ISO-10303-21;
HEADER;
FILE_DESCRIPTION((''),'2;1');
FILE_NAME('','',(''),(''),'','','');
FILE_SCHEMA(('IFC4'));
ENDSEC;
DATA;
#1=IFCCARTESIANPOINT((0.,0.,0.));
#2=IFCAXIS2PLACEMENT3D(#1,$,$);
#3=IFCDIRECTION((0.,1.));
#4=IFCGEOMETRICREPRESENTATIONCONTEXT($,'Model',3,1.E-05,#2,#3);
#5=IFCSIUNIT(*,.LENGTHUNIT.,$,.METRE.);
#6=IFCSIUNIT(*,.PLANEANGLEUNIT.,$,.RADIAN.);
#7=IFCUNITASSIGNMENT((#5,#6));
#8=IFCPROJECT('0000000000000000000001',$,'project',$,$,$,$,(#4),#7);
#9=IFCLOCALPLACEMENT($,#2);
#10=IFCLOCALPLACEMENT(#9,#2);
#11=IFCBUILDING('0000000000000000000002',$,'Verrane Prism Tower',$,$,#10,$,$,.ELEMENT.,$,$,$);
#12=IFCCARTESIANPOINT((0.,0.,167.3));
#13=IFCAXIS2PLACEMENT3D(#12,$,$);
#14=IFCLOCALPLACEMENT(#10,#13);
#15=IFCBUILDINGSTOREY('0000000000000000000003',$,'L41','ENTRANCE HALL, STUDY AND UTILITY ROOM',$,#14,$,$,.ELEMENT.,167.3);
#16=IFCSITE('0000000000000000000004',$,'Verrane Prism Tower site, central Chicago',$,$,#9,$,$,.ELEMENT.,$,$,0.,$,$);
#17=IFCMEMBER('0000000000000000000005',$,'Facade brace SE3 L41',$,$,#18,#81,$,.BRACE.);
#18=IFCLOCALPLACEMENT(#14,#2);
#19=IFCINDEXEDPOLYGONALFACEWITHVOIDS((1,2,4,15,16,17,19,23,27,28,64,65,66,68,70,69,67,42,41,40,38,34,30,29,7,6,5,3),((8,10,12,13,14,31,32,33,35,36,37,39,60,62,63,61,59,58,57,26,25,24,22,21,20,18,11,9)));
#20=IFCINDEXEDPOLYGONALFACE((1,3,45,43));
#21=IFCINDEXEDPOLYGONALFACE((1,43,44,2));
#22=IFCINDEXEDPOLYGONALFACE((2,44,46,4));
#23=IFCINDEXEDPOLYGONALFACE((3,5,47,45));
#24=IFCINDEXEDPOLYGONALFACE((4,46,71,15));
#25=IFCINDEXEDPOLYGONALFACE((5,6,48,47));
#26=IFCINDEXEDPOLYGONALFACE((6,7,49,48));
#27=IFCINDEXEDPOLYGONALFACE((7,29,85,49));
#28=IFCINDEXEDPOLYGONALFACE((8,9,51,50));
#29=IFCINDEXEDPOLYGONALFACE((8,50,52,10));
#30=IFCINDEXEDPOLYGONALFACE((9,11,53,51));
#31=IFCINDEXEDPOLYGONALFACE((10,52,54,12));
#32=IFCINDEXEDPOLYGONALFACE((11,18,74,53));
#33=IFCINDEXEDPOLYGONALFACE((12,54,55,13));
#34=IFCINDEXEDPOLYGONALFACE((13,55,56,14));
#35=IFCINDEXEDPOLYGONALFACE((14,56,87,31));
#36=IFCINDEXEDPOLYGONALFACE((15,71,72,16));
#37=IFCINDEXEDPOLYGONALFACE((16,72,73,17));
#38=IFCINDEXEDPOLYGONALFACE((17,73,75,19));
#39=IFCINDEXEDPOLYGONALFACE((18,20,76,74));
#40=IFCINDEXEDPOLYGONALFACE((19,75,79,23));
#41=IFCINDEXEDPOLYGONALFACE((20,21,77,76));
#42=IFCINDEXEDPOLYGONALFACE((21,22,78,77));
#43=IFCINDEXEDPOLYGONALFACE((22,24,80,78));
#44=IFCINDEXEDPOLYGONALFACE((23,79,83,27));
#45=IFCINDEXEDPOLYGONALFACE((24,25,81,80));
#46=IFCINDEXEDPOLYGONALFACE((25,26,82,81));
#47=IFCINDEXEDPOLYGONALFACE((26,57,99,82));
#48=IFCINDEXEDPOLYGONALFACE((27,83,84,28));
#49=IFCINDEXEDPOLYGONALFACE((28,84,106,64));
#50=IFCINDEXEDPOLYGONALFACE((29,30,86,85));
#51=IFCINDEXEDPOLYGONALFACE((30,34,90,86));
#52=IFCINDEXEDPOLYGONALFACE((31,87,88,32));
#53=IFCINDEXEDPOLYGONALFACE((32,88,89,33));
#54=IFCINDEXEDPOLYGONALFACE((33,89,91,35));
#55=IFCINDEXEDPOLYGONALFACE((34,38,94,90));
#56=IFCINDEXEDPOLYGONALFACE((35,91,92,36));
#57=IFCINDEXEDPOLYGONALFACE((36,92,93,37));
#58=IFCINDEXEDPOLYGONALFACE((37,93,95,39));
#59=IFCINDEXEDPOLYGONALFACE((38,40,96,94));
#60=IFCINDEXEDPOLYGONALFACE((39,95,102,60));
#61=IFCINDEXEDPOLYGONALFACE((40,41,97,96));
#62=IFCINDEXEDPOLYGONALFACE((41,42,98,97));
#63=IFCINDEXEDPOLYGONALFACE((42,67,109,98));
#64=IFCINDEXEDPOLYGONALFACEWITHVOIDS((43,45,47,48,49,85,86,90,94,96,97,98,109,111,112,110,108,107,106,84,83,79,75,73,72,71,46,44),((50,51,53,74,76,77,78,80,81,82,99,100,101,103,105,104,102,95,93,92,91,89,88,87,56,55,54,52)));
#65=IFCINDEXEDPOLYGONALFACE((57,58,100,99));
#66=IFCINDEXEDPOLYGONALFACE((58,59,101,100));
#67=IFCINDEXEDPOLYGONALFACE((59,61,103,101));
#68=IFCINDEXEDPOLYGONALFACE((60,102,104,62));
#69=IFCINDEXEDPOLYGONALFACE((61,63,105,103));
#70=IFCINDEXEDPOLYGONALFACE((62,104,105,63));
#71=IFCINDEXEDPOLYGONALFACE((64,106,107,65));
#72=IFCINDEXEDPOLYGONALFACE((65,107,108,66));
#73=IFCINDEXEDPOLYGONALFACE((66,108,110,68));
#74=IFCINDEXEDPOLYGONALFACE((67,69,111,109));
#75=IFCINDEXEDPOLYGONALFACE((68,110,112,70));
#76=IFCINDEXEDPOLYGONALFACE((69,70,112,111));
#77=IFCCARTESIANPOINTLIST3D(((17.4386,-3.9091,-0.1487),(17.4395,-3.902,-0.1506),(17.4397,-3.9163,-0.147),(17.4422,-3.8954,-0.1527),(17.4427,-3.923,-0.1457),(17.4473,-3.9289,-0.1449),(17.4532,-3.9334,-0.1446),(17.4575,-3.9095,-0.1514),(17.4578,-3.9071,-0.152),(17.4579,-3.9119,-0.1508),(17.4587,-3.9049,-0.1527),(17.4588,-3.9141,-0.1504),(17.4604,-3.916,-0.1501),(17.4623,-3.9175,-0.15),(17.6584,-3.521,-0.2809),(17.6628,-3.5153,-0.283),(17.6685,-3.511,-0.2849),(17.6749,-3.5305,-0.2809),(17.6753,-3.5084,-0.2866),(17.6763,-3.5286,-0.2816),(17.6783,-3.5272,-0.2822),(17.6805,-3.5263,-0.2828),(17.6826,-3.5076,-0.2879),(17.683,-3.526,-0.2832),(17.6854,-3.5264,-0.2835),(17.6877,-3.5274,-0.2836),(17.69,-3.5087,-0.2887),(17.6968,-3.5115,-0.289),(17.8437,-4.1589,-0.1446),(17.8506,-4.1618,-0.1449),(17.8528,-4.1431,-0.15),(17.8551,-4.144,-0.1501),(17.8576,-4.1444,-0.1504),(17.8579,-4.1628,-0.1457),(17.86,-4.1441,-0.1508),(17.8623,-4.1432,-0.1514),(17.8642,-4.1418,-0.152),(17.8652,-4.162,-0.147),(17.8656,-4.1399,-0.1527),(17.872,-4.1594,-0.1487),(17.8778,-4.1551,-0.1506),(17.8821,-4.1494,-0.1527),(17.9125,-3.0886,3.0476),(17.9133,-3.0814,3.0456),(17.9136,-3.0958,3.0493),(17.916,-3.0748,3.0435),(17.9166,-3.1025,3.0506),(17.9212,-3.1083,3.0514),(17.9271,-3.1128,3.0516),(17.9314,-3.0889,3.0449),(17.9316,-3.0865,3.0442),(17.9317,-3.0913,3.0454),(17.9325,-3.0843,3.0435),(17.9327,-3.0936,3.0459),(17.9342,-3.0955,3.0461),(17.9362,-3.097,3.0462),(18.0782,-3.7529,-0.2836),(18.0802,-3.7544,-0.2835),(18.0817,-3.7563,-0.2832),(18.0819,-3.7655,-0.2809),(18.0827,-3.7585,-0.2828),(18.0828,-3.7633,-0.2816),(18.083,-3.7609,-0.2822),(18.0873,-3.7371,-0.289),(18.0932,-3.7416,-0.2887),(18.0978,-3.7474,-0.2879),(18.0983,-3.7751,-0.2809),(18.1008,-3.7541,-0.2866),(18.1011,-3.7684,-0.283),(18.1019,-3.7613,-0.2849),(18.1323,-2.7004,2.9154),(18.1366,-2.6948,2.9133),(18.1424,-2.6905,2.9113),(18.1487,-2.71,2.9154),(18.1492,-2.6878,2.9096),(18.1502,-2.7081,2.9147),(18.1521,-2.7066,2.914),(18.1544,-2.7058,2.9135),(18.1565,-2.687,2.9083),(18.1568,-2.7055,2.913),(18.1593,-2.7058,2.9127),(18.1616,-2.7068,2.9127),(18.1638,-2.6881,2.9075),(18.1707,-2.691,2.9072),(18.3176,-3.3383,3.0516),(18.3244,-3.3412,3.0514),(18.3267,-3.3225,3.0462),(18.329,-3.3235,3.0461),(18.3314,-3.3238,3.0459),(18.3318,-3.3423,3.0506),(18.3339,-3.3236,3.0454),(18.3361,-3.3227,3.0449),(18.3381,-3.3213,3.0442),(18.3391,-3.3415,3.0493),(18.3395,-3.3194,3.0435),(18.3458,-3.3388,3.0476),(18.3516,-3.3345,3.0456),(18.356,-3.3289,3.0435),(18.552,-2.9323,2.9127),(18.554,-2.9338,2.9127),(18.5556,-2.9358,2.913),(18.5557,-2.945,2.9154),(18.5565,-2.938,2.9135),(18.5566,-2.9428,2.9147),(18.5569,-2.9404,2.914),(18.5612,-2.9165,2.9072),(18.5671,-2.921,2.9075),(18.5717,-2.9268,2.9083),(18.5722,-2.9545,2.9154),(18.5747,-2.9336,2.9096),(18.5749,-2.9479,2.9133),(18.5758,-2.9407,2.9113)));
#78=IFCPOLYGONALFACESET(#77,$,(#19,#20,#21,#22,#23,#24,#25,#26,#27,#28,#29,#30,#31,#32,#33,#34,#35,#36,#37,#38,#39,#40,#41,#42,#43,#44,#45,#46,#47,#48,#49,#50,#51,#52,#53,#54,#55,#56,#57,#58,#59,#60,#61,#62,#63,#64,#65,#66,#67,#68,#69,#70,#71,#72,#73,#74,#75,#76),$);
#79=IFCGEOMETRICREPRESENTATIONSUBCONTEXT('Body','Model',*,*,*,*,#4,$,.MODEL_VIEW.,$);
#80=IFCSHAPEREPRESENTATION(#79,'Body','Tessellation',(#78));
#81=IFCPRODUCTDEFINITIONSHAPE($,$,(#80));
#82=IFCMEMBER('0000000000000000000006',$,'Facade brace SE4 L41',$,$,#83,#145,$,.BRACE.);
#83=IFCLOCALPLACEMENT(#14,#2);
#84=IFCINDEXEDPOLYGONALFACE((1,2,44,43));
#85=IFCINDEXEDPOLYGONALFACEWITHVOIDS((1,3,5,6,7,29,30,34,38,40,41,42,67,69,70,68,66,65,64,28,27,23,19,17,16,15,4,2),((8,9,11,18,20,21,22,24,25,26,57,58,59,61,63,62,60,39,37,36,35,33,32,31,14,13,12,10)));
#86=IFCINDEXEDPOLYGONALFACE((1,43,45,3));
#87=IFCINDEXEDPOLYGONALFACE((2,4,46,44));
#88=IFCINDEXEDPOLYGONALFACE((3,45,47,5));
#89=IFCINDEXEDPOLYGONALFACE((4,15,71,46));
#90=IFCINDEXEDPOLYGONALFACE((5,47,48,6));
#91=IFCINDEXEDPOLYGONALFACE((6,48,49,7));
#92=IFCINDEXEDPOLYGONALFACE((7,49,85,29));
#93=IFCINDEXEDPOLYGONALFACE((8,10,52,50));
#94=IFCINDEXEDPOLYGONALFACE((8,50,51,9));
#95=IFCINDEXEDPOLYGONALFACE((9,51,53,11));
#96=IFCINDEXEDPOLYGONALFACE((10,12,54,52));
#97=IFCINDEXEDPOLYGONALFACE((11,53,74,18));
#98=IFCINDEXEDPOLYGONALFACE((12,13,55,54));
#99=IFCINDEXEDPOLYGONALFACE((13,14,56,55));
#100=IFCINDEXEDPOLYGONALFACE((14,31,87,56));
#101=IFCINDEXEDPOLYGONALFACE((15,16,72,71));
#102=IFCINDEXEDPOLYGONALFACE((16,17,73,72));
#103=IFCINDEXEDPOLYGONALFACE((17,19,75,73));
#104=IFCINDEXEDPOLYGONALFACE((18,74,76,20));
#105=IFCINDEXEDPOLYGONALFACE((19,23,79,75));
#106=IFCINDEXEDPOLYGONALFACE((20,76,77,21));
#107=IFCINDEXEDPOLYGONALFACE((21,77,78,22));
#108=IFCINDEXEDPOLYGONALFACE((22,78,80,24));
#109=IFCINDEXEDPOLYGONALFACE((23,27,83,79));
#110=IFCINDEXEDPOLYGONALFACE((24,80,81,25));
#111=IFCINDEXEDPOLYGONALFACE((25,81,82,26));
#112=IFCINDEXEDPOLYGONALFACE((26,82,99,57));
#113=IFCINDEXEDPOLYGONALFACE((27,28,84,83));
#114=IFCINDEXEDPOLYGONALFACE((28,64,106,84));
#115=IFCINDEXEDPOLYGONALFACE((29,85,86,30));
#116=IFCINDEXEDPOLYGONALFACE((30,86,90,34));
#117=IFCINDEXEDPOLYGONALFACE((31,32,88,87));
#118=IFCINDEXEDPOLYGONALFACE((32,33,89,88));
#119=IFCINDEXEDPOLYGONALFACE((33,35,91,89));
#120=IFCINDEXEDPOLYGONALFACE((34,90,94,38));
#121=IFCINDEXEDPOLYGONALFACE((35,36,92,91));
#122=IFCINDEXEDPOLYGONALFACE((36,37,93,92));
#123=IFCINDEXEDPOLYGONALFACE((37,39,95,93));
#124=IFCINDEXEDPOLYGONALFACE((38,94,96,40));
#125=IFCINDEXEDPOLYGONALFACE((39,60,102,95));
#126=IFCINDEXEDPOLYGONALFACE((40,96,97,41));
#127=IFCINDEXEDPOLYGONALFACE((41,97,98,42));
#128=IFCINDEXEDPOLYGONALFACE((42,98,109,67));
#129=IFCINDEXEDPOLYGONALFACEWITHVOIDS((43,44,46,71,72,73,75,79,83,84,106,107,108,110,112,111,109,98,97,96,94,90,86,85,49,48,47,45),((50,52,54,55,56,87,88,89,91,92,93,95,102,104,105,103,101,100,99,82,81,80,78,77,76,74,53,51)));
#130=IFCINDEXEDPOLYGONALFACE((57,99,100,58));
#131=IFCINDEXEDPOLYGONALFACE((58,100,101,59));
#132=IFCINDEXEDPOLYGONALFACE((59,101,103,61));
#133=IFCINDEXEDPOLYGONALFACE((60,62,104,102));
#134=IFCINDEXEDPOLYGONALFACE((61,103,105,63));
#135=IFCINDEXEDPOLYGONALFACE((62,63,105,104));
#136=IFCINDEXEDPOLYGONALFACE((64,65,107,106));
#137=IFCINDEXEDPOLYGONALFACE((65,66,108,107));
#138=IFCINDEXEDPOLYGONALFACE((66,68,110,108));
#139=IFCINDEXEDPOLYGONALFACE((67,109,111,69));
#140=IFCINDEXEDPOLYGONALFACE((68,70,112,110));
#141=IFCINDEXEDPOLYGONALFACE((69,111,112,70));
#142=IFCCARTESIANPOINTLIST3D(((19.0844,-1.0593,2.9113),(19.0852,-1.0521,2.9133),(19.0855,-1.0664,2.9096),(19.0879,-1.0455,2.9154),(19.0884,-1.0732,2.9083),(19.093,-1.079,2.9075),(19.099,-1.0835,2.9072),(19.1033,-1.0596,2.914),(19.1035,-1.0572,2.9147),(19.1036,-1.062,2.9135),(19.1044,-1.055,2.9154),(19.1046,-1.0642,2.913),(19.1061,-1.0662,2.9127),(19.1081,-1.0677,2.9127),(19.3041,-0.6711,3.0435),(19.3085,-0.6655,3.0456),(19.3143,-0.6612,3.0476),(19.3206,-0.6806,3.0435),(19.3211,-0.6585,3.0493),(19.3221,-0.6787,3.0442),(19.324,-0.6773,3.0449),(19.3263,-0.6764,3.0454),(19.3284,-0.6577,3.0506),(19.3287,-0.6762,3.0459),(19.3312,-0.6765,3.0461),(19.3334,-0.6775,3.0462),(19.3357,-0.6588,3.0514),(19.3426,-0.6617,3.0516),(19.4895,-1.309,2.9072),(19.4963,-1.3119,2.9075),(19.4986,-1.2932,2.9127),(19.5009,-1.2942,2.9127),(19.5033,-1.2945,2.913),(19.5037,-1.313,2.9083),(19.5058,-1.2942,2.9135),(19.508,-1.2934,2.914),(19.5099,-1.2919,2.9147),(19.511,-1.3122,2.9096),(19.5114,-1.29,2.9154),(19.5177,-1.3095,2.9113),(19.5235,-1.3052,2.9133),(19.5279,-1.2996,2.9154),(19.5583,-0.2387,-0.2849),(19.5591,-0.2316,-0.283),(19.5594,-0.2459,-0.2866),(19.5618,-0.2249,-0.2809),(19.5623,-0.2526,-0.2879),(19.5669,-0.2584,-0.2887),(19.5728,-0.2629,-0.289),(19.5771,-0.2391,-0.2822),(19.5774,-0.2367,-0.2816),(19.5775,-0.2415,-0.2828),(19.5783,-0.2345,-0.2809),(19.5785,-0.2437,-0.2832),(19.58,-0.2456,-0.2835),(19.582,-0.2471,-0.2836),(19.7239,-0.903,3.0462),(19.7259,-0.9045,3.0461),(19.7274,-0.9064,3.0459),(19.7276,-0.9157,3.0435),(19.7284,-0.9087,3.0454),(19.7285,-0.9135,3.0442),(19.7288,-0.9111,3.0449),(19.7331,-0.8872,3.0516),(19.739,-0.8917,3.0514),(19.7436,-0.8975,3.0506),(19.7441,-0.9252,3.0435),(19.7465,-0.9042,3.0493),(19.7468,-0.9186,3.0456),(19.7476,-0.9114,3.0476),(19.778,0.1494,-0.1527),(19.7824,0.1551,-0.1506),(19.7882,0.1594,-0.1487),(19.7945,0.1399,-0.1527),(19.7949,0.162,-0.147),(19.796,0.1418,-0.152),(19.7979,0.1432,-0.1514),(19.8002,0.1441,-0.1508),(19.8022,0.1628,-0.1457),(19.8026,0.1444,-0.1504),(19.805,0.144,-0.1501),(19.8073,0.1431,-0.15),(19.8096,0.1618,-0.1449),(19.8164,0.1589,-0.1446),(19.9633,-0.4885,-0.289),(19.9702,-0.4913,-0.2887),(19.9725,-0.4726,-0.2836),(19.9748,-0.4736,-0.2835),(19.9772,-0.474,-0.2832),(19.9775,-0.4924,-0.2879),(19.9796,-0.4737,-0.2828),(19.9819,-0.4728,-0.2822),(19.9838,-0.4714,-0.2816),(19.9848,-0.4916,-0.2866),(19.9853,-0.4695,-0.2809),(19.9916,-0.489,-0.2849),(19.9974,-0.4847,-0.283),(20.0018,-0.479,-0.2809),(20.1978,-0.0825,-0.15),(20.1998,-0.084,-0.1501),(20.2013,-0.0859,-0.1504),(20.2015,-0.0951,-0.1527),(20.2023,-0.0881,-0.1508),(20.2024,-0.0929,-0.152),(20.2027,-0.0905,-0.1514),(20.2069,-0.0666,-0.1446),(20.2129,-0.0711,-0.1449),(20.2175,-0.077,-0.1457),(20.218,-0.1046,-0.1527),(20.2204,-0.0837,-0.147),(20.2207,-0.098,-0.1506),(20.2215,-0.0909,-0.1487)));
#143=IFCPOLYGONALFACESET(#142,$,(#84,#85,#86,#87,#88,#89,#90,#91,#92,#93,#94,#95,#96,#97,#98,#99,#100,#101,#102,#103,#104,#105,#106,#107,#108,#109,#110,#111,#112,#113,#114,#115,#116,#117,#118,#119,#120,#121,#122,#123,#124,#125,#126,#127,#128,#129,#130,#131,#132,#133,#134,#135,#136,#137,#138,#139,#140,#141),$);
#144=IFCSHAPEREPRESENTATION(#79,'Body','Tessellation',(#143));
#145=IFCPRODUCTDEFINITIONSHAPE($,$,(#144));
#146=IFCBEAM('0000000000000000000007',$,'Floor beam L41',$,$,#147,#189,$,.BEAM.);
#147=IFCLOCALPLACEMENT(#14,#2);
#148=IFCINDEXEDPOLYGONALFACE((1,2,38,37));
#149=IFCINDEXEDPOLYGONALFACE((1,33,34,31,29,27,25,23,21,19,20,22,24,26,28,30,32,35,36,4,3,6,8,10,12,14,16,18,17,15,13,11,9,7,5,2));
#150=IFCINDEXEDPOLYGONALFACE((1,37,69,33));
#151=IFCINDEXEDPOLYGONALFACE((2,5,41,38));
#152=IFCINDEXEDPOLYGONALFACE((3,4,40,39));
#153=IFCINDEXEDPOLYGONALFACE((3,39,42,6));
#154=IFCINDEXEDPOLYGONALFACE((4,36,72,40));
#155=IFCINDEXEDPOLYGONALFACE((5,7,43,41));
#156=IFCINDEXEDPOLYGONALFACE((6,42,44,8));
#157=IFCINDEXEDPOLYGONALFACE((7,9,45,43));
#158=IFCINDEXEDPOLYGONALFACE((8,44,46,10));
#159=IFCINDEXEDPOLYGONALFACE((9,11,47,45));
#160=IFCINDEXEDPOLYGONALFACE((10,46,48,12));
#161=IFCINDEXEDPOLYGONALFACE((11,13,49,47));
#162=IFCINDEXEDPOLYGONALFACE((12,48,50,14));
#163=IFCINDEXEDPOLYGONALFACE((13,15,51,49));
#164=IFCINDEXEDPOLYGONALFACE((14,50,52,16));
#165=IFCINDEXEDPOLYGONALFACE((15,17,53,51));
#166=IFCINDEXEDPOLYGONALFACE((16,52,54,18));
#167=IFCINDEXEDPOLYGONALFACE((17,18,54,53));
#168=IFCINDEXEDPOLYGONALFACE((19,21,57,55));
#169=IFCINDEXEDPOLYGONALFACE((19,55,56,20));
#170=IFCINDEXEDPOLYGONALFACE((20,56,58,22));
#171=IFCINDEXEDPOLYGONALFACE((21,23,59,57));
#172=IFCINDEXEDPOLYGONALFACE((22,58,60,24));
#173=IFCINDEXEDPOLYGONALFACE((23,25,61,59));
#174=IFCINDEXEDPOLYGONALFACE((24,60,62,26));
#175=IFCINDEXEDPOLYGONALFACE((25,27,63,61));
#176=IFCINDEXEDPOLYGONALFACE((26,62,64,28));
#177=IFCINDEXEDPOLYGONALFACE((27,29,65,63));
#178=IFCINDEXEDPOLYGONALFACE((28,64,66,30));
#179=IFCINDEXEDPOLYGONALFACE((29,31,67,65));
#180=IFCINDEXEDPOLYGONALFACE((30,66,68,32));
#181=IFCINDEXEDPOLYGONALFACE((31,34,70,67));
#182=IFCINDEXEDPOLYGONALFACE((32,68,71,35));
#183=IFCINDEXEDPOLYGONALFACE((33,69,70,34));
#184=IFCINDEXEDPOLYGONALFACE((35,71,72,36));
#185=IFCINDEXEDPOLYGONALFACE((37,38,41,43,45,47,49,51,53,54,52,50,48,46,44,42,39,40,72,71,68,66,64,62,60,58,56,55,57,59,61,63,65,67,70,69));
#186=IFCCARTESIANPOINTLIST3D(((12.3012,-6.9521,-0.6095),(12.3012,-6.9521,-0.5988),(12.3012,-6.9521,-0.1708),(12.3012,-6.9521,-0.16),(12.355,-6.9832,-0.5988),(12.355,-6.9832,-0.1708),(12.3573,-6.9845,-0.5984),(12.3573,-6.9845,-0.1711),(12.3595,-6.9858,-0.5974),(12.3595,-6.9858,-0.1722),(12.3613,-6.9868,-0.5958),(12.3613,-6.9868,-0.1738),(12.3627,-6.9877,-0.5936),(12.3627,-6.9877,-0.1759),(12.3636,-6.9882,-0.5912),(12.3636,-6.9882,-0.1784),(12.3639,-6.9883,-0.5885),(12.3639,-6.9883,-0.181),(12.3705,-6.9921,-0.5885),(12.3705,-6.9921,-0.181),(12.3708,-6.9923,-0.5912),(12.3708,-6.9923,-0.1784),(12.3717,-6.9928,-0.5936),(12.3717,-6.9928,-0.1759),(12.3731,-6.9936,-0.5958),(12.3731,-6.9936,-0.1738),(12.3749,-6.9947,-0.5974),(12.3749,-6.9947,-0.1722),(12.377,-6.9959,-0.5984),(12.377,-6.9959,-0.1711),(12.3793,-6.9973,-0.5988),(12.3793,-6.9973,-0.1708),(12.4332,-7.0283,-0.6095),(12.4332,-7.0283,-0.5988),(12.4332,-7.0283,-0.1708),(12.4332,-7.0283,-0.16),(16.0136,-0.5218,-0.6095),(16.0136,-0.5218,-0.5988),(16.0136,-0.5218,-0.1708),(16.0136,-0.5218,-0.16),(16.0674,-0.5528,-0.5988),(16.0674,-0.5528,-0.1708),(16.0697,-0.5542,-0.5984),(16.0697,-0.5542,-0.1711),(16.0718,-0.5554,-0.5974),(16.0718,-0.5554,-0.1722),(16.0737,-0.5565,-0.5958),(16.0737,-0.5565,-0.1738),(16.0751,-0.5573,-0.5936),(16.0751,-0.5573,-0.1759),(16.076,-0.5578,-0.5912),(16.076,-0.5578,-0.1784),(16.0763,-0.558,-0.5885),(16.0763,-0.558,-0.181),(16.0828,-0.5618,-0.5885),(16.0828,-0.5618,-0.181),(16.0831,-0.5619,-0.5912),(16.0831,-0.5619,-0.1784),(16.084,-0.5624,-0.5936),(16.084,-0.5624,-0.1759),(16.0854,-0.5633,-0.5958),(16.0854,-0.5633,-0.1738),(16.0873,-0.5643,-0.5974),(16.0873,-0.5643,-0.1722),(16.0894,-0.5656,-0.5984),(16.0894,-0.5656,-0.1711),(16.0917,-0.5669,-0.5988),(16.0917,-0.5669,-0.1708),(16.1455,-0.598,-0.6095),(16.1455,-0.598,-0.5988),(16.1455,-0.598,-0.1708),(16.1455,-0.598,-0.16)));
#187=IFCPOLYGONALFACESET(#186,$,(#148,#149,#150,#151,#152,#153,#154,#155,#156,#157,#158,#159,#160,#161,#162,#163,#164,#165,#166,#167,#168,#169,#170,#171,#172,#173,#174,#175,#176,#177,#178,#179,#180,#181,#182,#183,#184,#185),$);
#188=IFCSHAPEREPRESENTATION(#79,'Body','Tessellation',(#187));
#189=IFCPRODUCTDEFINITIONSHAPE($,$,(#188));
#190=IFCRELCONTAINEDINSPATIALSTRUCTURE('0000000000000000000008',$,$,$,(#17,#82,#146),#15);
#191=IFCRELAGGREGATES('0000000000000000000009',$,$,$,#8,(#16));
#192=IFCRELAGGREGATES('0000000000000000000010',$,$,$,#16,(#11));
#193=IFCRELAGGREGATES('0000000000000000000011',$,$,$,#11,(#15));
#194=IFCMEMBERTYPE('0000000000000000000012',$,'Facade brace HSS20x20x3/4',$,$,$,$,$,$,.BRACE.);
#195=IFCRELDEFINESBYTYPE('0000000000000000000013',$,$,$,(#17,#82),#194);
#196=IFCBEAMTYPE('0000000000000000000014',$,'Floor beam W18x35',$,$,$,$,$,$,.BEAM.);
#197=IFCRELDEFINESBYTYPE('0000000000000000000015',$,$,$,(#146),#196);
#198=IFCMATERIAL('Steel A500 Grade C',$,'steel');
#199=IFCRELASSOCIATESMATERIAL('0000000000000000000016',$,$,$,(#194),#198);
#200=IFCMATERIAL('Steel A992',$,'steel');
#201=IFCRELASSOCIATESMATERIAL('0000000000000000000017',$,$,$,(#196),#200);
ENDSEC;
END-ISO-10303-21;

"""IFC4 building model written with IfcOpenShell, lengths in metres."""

from ifc_helpers import new_model, si_unit, direction, frame, origin, origin_2d, place, context, subcontext, project, spatial, hollow_rectangle, i_section, extrude, material, material_profile, profile_set, type_object, element, save


model = new_model("IFC4")

# Units and contexts
model_context = context("Model", 3, precision=1e-05, world=origin(), true_north=direction((0.0, 1.0)))
body_context = subcontext(model_context, "Body", "Model", "MODEL_VIEW")
ifc_project = project(units=[si_unit("LENGTHUNIT", "METRE"), si_unit("PLANEANGLEUNIT", "RADIAN")], contexts=[model_context])

# Site, building, storey
site_placement = place(None, origin())
site = spatial("IfcSite", under=ifc_project, at=site_placement, Name="Verrane Prism Tower site, central Chicago", CompositionType="ELEMENT", RefElevation=0.0)
building_placement = place(site_placement, origin())
building = spatial("IfcBuilding", under=site, at=building_placement, Name="Verrane Prism Tower", CompositionType="ELEMENT")
storey_placement = place(building_placement, frame((0.0, 0.0, 167.3)))
storey = spatial("IfcBuildingStorey", under=building, at=storey_placement, Name="L41", Description="ENTRANCE HALL, STUDY AND UTILITY ROOM", CompositionType="ELEMENT", Elevation=167.3)

# Members
ifc_material_1 = material(Name="Steel A500 Grade C", Category="steel")
ifc_material_profile_1 = material_profile(ifc_material_1, hollow_rectangle(XDim=0.5081, YDim=0.5081, WallThickness=0.019, InnerFilletRadius=0.0095, OuterFilletRadius=0.0286, at=origin_2d()), Name="HSS20x20x3/4")
ifc_profile_set_1 = profile_set([ifc_material_profile_1], Name="Steel A500 Grade C")
member_type_1 = type_object("IfcMemberType", Name="Facade brace HSS20x20x3/4", PredefinedType="BRACE", material=ifc_profile_set_1)
for number, where, z_axis, x_axis, name in (
    (1, (17.7703, -3.8352, -0.2168), (0.142144, 0.246133, 0.958756), (-0.865967, 0.500102, 0.0), "Facade brace SE3 L41"),
    (2, (19.8899, -0.1648, -0.2168), (-0.142144, -0.246133, 0.958756), (0.865967, -0.500102, 0.0), "Facade brace SE4 L41"),
):
    element("IfcMember", number, at=place(storey_placement, frame(where, z_axis=z_axis, x_axis=x_axis)), inside=storey, type_object=member_type_1, Name=name, PredefinedType="BRACE", context=body_context, shape_type="SweptSolid", body=[
        extrude(hollow_rectangle(XDim=0.5081, YDim=0.5081, WallThickness=0.019, InnerFilletRadius=0.0095, OuterFilletRadius=0.0286, at=origin_2d()), origin(), (0.0, 0.0, 1.0), 3.3337),
    ])

# Beam
ifc_material_2 = material(Name="Steel A992", Category="steel")
ifc_material_profile_2 = material_profile(ifc_material_2, i_section(OverallWidth=0.1523, OverallDepth=0.4495, WebThickness=0.0076, FlangeThickness=0.0107, FilletRadius=0.0103, at=origin_2d()), Name="W18x35")
ifc_profile_set_2 = profile_set([ifc_material_profile_2], Name="Steel A992")
beam_type_1 = type_object("IfcBeamType", Name="Floor beam W18x35", PredefinedType="BEAM", material=ifc_profile_set_2)
for number, where, z_axis, x_axis, name in (
    (3, (12.3672, -6.9902, -0.3848), (0.49998, 0.866037, 0.0), (-0.866037, 0.49998, 0.0), "Floor beam L41"),
):
    element("IfcBeam", number, at=place(storey_placement, frame(where, z_axis=z_axis, x_axis=x_axis)), inside=storey, type_object=beam_type_1, Name=name, PredefinedType="BEAM", context=body_context, shape_type="SweptSolid", body=[
        extrude(i_section(OverallWidth=0.1523, OverallDepth=0.4495, WebThickness=0.0076, FlangeThickness=0.0107, FilletRadius=0.0103, at=origin_2d()), origin(), (0.0, 0.0, 1.0), 7.425),
    ])

save(model, "model.ifc")
